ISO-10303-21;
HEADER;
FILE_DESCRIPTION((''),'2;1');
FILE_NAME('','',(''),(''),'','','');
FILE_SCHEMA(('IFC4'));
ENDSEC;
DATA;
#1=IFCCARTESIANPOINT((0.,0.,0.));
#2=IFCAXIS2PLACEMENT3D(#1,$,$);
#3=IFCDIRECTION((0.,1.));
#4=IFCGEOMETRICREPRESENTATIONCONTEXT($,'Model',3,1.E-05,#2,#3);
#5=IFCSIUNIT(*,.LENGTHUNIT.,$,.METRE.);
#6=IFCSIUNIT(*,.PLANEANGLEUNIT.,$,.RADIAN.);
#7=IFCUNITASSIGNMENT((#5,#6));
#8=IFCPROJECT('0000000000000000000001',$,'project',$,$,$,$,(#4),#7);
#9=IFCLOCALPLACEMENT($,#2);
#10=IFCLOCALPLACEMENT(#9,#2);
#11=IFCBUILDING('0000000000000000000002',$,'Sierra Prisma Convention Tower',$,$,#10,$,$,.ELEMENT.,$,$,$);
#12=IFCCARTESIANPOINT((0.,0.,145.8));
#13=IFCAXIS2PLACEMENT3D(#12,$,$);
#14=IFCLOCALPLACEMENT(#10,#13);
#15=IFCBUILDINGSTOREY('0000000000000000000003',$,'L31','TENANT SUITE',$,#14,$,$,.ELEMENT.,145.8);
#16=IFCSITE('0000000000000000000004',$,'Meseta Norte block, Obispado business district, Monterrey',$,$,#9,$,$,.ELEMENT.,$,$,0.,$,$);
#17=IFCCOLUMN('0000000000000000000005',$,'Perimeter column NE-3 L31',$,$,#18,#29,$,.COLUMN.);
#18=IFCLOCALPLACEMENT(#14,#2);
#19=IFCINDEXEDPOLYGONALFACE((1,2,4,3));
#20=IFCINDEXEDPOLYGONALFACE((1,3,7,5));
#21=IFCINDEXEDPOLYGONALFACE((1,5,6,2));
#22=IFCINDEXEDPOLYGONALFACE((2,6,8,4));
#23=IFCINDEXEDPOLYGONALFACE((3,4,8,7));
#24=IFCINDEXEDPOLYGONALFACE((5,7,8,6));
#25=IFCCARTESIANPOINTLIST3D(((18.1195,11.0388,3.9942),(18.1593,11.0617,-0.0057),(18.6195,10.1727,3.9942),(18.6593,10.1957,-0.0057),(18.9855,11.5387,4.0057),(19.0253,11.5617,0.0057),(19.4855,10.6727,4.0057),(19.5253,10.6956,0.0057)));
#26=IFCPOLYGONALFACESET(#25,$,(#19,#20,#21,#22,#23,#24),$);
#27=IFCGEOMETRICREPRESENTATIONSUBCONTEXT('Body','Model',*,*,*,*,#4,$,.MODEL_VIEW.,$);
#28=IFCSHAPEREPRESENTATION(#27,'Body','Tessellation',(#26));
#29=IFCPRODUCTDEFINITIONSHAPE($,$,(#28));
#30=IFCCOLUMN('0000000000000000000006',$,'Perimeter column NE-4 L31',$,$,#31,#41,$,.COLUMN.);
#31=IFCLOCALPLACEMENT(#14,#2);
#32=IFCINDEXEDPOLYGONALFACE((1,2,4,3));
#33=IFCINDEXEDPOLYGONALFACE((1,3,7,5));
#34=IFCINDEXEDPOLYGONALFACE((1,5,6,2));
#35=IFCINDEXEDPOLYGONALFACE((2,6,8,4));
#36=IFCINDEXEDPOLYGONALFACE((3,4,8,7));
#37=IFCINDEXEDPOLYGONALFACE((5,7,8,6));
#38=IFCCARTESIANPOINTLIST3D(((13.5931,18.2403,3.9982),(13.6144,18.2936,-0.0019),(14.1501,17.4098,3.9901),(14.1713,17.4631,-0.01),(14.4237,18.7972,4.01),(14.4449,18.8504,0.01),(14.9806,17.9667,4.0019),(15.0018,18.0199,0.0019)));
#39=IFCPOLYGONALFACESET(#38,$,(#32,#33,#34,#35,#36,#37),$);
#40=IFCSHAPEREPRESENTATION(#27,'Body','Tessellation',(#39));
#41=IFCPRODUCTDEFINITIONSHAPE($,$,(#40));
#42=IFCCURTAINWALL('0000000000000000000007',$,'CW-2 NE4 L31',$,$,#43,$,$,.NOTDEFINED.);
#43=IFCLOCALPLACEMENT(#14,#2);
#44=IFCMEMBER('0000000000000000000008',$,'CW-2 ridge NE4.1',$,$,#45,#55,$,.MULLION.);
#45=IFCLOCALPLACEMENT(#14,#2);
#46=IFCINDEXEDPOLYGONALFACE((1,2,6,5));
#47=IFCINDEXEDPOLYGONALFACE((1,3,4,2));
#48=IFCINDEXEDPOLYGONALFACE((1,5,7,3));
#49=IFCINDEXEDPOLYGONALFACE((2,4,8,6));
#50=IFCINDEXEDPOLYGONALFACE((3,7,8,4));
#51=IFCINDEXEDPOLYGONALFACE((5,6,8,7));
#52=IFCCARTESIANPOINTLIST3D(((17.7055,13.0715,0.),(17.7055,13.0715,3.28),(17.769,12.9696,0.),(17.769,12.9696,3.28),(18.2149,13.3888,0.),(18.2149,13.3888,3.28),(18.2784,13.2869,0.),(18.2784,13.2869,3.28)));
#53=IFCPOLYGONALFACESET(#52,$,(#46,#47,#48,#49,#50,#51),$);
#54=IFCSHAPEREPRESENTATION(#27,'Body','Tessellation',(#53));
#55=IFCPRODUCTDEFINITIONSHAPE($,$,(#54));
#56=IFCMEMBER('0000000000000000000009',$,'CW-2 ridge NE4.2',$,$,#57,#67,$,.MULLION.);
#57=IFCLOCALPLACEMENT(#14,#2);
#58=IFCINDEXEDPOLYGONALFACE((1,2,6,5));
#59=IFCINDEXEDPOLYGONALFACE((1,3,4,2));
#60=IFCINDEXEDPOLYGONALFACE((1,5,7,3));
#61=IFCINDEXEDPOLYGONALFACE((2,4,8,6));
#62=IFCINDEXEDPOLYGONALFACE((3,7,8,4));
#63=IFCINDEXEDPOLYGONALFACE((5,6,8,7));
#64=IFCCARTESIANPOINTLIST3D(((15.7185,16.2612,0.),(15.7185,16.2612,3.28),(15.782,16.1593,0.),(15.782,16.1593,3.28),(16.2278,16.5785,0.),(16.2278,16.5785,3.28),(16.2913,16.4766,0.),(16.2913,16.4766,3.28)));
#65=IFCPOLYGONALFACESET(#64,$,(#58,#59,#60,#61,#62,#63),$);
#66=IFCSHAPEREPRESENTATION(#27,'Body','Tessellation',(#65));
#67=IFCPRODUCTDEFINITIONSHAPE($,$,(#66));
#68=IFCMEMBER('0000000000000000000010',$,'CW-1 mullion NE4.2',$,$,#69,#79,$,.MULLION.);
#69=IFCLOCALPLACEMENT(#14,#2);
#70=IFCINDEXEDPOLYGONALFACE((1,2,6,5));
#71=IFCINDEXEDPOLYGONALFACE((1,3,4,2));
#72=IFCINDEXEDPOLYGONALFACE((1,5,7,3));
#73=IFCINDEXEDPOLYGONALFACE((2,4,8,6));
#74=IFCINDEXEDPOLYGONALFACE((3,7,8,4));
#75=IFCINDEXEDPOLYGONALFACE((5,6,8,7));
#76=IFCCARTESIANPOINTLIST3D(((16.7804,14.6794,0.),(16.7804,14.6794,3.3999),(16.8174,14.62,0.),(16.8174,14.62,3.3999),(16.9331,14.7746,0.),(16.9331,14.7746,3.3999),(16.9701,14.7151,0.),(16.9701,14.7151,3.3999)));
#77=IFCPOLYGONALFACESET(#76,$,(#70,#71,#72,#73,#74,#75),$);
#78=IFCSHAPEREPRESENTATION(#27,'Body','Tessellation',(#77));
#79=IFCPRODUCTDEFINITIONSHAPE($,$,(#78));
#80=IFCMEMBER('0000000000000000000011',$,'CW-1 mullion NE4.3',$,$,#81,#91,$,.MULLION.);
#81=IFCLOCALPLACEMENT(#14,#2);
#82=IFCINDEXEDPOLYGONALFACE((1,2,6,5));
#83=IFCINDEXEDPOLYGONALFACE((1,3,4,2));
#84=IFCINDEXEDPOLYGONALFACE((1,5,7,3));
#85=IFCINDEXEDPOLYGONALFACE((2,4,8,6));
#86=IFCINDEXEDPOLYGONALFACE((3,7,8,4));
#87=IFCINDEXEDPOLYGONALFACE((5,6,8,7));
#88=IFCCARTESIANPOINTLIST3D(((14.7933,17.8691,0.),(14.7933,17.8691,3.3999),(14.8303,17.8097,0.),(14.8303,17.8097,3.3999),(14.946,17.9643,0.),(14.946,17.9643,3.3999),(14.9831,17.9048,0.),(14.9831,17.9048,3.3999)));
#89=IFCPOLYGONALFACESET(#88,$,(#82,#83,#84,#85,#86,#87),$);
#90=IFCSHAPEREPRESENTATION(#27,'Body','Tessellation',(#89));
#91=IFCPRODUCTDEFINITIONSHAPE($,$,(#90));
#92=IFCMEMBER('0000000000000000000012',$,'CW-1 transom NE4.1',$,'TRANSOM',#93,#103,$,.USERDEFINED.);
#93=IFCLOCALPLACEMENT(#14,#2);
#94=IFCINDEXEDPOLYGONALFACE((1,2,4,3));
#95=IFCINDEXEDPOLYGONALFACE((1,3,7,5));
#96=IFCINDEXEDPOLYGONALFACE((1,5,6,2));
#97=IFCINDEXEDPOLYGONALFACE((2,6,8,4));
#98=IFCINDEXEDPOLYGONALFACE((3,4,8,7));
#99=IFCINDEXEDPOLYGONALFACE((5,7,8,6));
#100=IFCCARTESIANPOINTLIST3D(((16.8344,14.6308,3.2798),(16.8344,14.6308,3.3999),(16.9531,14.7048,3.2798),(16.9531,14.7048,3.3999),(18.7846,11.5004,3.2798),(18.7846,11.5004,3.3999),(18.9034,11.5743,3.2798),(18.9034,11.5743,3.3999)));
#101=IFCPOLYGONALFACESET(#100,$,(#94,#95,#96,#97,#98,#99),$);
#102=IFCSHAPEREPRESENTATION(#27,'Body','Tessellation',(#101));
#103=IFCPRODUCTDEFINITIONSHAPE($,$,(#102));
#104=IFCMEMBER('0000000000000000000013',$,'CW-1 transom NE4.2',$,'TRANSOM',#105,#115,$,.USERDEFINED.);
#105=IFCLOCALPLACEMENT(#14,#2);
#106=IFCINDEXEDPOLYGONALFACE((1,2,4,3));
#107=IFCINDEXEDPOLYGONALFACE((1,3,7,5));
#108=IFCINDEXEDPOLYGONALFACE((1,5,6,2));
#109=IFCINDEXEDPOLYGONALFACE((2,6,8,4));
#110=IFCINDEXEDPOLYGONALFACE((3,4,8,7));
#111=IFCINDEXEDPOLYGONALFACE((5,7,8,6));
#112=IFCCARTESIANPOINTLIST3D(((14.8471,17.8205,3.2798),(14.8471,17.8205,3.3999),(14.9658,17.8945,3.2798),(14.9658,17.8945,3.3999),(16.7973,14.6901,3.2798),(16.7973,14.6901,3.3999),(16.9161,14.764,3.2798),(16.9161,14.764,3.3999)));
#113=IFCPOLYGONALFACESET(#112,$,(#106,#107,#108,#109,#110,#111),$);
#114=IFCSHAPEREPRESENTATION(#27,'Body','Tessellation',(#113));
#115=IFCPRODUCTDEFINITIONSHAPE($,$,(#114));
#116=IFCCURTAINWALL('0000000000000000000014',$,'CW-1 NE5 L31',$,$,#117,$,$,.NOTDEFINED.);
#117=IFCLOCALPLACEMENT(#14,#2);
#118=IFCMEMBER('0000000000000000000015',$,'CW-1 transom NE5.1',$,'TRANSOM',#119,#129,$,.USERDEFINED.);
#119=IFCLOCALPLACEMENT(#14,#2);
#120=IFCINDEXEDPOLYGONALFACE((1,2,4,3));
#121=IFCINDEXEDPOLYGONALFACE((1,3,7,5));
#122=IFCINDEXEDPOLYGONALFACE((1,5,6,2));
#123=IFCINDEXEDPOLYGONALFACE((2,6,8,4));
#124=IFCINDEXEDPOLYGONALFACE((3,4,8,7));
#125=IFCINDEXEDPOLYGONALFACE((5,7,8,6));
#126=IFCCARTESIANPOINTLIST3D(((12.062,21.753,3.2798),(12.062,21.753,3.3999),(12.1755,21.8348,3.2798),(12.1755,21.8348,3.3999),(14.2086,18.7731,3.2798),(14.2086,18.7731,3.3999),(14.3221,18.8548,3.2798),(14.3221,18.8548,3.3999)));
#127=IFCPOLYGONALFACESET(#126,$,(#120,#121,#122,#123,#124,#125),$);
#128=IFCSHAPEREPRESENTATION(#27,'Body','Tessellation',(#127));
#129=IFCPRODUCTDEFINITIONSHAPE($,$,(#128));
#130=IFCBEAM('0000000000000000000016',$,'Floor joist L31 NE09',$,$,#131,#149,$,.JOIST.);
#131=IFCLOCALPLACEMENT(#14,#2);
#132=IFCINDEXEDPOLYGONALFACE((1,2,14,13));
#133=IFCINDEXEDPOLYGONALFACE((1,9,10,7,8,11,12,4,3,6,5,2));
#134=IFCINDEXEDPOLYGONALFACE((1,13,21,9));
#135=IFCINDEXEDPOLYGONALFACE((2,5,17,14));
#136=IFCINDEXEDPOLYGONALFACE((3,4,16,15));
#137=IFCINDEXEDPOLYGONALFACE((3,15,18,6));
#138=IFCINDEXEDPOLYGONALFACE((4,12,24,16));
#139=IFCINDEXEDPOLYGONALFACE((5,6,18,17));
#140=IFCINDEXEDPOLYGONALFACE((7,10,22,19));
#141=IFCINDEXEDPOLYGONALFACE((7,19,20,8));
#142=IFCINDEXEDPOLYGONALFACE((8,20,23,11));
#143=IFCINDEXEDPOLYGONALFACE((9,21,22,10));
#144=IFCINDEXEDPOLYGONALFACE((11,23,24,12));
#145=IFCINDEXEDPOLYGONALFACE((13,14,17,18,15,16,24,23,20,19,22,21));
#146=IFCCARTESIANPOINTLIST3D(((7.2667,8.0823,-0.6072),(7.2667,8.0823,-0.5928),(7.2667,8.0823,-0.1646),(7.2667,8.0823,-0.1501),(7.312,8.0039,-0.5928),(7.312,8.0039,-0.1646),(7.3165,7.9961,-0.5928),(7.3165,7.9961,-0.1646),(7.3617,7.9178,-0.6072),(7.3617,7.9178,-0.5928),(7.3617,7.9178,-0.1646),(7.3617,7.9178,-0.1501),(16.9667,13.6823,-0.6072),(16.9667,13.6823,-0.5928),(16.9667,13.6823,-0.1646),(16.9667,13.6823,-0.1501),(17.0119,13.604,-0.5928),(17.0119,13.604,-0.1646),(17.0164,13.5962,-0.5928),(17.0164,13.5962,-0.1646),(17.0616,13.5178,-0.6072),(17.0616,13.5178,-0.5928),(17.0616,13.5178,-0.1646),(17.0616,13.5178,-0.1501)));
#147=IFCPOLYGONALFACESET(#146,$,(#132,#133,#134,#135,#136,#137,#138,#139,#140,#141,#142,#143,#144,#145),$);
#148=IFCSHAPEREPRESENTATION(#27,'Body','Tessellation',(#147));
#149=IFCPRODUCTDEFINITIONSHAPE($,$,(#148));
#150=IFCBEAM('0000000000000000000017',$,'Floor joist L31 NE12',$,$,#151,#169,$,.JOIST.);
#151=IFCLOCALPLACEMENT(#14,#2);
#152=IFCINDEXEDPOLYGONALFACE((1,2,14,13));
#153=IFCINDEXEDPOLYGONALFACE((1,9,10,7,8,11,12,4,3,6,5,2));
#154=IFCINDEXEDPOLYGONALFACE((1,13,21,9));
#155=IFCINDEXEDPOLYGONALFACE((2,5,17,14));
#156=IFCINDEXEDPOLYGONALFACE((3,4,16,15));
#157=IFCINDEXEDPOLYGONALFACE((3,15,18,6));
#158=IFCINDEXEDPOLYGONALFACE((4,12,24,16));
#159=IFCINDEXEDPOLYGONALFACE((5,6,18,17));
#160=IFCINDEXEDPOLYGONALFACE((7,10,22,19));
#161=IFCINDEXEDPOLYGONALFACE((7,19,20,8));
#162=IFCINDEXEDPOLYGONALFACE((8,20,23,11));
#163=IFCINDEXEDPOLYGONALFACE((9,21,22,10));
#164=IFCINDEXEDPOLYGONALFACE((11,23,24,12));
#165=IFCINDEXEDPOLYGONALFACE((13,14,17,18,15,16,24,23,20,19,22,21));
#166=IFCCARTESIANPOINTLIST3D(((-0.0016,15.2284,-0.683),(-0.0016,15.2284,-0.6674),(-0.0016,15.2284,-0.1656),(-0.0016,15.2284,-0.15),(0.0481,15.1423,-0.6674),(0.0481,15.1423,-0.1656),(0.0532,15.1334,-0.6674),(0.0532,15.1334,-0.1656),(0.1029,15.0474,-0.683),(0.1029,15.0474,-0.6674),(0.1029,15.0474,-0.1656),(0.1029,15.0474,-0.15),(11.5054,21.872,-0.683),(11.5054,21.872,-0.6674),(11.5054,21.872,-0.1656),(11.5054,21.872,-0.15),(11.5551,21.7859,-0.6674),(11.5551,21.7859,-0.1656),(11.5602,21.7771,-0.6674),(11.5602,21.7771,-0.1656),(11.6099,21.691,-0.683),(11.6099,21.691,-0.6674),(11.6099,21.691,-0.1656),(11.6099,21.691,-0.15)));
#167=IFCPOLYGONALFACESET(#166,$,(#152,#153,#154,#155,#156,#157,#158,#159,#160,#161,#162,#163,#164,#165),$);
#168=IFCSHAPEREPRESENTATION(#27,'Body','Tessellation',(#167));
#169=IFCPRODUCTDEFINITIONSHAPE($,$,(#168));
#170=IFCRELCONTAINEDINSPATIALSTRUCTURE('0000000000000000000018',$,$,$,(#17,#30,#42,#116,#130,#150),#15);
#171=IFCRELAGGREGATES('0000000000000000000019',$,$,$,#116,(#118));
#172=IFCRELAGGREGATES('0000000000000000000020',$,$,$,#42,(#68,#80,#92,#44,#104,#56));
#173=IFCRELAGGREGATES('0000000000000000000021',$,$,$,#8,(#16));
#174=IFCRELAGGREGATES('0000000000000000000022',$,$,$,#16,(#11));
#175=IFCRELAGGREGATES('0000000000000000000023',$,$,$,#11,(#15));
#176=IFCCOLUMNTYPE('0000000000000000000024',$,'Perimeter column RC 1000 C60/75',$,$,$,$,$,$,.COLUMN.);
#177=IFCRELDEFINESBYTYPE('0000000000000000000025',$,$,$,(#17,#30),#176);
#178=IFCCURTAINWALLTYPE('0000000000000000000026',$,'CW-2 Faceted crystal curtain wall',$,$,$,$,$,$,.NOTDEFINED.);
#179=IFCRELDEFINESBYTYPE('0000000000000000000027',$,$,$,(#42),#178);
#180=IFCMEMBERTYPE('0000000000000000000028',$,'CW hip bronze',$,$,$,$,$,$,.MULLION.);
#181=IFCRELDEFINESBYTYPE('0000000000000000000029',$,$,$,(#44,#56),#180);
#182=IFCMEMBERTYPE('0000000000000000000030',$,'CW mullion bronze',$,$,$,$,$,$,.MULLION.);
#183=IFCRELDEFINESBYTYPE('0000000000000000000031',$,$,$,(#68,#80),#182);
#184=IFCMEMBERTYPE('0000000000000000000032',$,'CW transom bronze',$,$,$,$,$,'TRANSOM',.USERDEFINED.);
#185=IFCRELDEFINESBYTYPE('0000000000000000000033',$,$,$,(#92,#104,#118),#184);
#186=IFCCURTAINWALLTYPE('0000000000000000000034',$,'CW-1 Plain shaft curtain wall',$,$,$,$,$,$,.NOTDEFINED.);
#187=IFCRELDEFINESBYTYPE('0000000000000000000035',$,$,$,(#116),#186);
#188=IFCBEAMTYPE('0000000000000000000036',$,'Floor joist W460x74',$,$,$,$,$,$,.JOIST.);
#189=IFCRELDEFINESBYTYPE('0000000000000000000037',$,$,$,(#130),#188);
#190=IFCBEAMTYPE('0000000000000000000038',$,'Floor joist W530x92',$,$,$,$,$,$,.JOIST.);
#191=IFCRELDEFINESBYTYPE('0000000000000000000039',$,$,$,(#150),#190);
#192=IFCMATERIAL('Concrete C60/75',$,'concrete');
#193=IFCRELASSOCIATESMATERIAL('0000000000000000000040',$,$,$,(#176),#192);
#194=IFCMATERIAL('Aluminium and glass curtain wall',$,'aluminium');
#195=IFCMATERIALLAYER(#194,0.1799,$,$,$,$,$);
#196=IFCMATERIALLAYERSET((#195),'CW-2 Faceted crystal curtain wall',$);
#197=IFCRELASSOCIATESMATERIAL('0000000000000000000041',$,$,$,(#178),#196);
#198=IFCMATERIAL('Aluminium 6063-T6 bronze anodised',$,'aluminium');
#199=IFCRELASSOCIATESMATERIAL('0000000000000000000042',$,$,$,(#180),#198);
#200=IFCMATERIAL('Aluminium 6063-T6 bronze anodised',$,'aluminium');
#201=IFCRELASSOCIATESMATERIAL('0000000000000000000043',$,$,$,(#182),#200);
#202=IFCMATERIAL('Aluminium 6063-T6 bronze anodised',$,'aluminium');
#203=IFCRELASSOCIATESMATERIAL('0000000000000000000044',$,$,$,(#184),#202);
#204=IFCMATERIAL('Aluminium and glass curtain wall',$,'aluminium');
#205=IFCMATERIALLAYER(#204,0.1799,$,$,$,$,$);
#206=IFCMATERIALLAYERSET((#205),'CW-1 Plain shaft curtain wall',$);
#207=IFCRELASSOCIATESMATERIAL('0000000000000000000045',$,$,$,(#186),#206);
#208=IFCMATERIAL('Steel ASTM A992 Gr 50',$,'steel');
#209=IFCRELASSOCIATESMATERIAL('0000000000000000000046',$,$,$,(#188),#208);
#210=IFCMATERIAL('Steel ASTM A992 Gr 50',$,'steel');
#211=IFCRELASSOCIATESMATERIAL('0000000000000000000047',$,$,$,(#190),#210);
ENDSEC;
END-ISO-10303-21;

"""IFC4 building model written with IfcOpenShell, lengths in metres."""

from ifc_helpers import new_model, si_unit, direction, frame, origin, origin_2d, place, context, subcontext, project, spatial, rectangle, i_section, extrude, material, layer, layer_set, material_profile, profile_set, type_object, element, aggregate, save


model = new_model("IFC4")

# Units and contexts
model_context = context("Model", 3, precision=1e-05, world=origin(), true_north=direction((0.0, 1.0)))
body_context = subcontext(model_context, "Body", "Model", "MODEL_VIEW")
ifc_project = project(units=[si_unit("LENGTHUNIT", "METRE"), si_unit("PLANEANGLEUNIT", "RADIAN")], contexts=[model_context])

# Site, building, storey
site_placement = place(None, origin())
site = spatial("IfcSite", under=ifc_project, at=site_placement, Name="Meseta Norte block, Obispado business district, Monterrey", CompositionType="ELEMENT", RefElevation=0.0)
building_placement = place(site_placement, origin())
building = spatial("IfcBuilding", under=site, at=building_placement, Name="Sierra Prisma Convention Tower", CompositionType="ELEMENT")
storey_placement = place(building_placement, frame((0.0, 0.0, 145.8)))
storey = spatial("IfcBuildingStorey", under=building, at=storey_placement, Name="L31", Description="TENANT SUITE", CompositionType="ELEMENT", Elevation=145.8)

# Columns
ifc_material_1 = material(Name="Concrete C60/75", Category="concrete")
ifc_material_profile_1 = material_profile(ifc_material_1, rectangle(XDim=1.0, YDim=1.0, at=origin_2d()), Name="Perimeter column RC 1000 C60/75")
ifc_profile_set_1 = profile_set([ifc_material_profile_1], Name="Concrete C60/75")
column_type = type_object("IfcColumnType", Name="Perimeter column RC 1000 C60/75", PredefinedType="COLUMN", material=ifc_profile_set_1)
column_1_placement = place(storey_placement, frame((18.8423, 10.8787, 0.0), z_axis=(-0.009948, -0.005737, 0.999934), x_axis=(-0.499975, 0.86604, -0.000005)))
element("IfcColumn", 1, at=column_1_placement, inside=storey, type_object=column_type, Name="Perimeter column NE-3 L31", PredefinedType="COLUMN", context=body_context, shape_type="SweptSolid", body=[
    extrude(rectangle(XDim=1.0, YDim=1.0, at=origin_2d()), origin(), (0.0, 0.0, 1.0), 4.0002),
])
column_2_placement = place(storey_placement, frame((14.3081, 18.1567, 0.0), z_axis=(-0.00531, -0.013304, 0.999897), x_axis=(-0.556955, 0.830503, 0.008093)))
element("IfcColumn", 2, at=column_2_placement, inside=storey, type_object=column_type, Name="Perimeter column NE-4 L31", PredefinedType="COLUMN", context=body_context, shape_type="SweptSolid", body=[
    extrude(rectangle(XDim=1.0, YDim=1.0, at=origin_2d()), origin(), (0.0, 0.0, 1.0), 4.0005),
])

# Curtain wall, members
ifc_material_2 = material(Name="Aluminium and glass curtain wall", Category="aluminium")
ifc_layer_1 = layer(ifc_material_2, 0.1799)
ifc_layer_set_1 = layer_set([ifc_layer_1], Name="CW-2 Faceted crystal curtain wall")
curtain_wall_type_1 = type_object("IfcCurtainWallType", Name="CW-2 Faceted crystal curtain wall", PredefinedType="NOTDEFINED", material=ifc_layer_set_1)
curtain_wall_1_placement = place(storey_placement, origin())
curtain_wall_1 = element("IfcCurtainWall", 3, at=curtain_wall_1_placement, inside=storey, type_object=curtain_wall_type_1, Name="CW-2 NE4 L31", PredefinedType="NOTDEFINED")
ifc_material_3 = material(Name="Aluminium 6063-T6 bronze anodised", Category="aluminium")
ifc_material_profile_2 = material_profile(ifc_material_3, rectangle(XDim=0.1201, YDim=0.6001, at=origin_2d()), Name="ALU RIDGE BLADE 120x600")
ifc_profile_set_2 = profile_set([ifc_material_profile_2], Name="Aluminium 6063-T6 bronze anodised")
member_type_1 = type_object("IfcMemberType", Name="CW hip bronze", PredefinedType="MULLION", material=ifc_profile_set_2)
member_1_placement = place(storey_placement, frame((17.9919, 13.1792, 0.0), z_axis=(0.0, 0.0, 1.0), x_axis=(-0.528779, 0.848759, 0.0)))
member_1 = element("IfcMember", 4, at=member_1_placement, type_object=member_type_1, Name="CW-2 ridge NE4.1", PredefinedType="MULLION", context=body_context, shape_type="SweptSolid", body=[
    extrude(rectangle(XDim=0.1201, YDim=0.6001, at=origin_2d()), origin(), (0.0, 0.0, 1.0), 3.28),
])
member_2_placement = place(storey_placement, frame((16.0049, 16.3689, 0.0), z_axis=(0.0, 0.0, 1.0), x_axis=(-0.528779, 0.848759, 0.0)))
member_2 = element("IfcMember", 5, at=member_2_placement, type_object=member_type_1, Name="CW-2 ridge NE4.2", PredefinedType="MULLION", context=body_context, shape_type="SweptSolid", body=[
    extrude(rectangle(XDim=0.1201, YDim=0.6001, at=origin_2d()), origin(), (0.0, 0.0, 1.0), 3.28),
])
ifc_material_4 = material(Name="Aluminium 6063-T6 bronze anodised", Category="aluminium")
ifc_material_profile_3 = material_profile(ifc_material_4, rectangle(XDim=0.1799, YDim=0.0701, at=origin_2d()), Name="ALU MULLION 70x180")
ifc_profile_set_3 = profile_set([ifc_material_profile_3], Name="Aluminium 6063-T6 bronze anodised")
member_type_2 = type_object("IfcMemberType", Name="CW mullion bronze", PredefinedType="MULLION", material=ifc_profile_set_3)
member_3_placement = place(storey_placement, frame((16.8752, 14.6973, 0.0), z_axis=(0.0, 0.0, 1.0), x_axis=(-0.848759, -0.528779, 0.0)))
member_3 = element("IfcMember", 6, at=member_3_placement, type_object=member_type_2, Name="CW-1 mullion NE4.2", PredefinedType="MULLION", context=body_context, shape_type="SweptSolid", body=[
    extrude(rectangle(XDim=0.1799, YDim=0.0701, at=origin_2d()), origin(), (0.0, 0.0, 1.0), 3.3999),
])
member_4_placement = place(storey_placement, frame((14.8882, 17.887, 0.0), z_axis=(0.0, 0.0, 1.0), x_axis=(-0.848759, -0.528779, 0.0)))
member_4 = element("IfcMember", 7, at=member_4_placement, type_object=member_type_2, Name="CW-1 mullion NE4.3", PredefinedType="MULLION", context=body_context, shape_type="SweptSolid", body=[
    extrude(rectangle(XDim=0.1799, YDim=0.0701, at=origin_2d()), origin(), (0.0, 0.0, 1.0), 3.3999),
])
ifc_material_5 = material(Name="Aluminium 6063-T6 bronze anodised", Category="aluminium")
ifc_material_profile_4 = material_profile(ifc_material_5, rectangle(XDim=0.1399, YDim=0.1201, at=origin_2d()), Name="ALU TRANSOM 120x140")
ifc_profile_set_4 = profile_set([ifc_material_profile_4], Name="Aluminium 6063-T6 bronze anodised")
member_type_3 = type_object("IfcMemberType", Name="CW transom bronze", ElementType="TRANSOM", PredefinedType="USERDEFINED", material=ifc_profile_set_4)
member_5_placement = place(storey_placement, frame((18.844, 11.5374, 3.3398), z_axis=(-0.528773, 0.848764, 0.0), x_axis=(-0.848764, -0.528773, 0.0)))
member_5 = element("IfcMember", 8, at=member_5_placement, type_object=member_type_3, Name="CW-1 transom NE4.1", ObjectType="TRANSOM", PredefinedType="USERDEFINED", context=body_context, shape_type="SweptSolid", body=[
    extrude(rectangle(XDim=0.1399, YDim=0.1201, at=origin_2d()), origin(), (0.0, 0.0, 1.0), 3.6882),
])
member_6_placement = place(storey_placement, frame((16.8567, 14.7271, 3.3398), z_axis=(-0.528773, 0.848764, 0.0), x_axis=(-0.848764, -0.528773, 0.0)))
member_6 = element("IfcMember", 9, at=member_6_placement, type_object=member_type_3, Name="CW-1 transom NE4.2", ObjectType="TRANSOM", PredefinedType="USERDEFINED", context=body_context, shape_type="SweptSolid", body=[
    extrude(rectangle(XDim=0.1399, YDim=0.1201, at=origin_2d()), origin(), (0.0, 0.0, 1.0), 3.6882),
])

# Curtain wall, member
ifc_material_6 = material(Name="Aluminium and glass curtain wall", Category="aluminium")
ifc_layer_2 = layer(ifc_material_6, 0.1799)
ifc_layer_set_2 = layer_set([ifc_layer_2], Name="CW-1 Plain shaft curtain wall")
curtain_wall_type_2 = type_object("IfcCurtainWallType", Name="CW-1 Plain shaft curtain wall", PredefinedType="NOTDEFINED", material=ifc_layer_set_2)
curtain_wall_2_placement = place(storey_placement, origin())
curtain_wall_2 = element("IfcCurtainWall", 10, at=curtain_wall_2_placement, inside=storey, type_object=curtain_wall_type_2, Name="CW-1 NE5 L31", PredefinedType="NOTDEFINED")
member_7_placement = place(storey_placement, frame((14.2654, 18.814, 3.3398), z_axis=(-0.58451, 0.811387, 0.0), x_axis=(-0.811387, -0.58451, 0.0)))
member_7 = element("IfcMember", 11, at=member_7_placement, type_object=member_type_3, Name="CW-1 transom NE5.1", ObjectType="TRANSOM", PredefinedType="USERDEFINED", context=body_context, shape_type="SweptSolid", body=[
    extrude(rectangle(XDim=0.1399, YDim=0.1201, at=origin_2d()), origin(), (0.0, 0.0, 1.0), 3.6726),
])

# Beams
ifc_material_7 = material(Name="Steel ASTM A992 Gr 50", Category="steel")
ifc_material_profile_5 = material_profile(ifc_material_7, i_section(OverallWidth=0.1899, OverallDepth=0.457, WebThickness=0.009, FlangeThickness=0.0144, at=origin_2d()), Name="W460x74")
ifc_profile_set_5 = profile_set([ifc_material_profile_5], Name="Steel ASTM A992 Gr 50")
beam_type_1 = type_object("IfcBeamType", Name="Floor joist W460x74", PredefinedType="JOIST", material=ifc_profile_set_5)
beam_1_placement = place(storey_placement, frame((17.0142, 13.6001, -0.3787), z_axis=(-0.866032, -0.499988, 0.0), x_axis=(0.499988, -0.866032, 0.0)))
element("IfcBeam", 12, at=beam_1_placement, inside=storey, type_object=beam_type_1, Name="Floor joist L31 NE09", PredefinedType="JOIST", context=body_context, shape_type="SweptSolid", body=[
    extrude(i_section(OverallWidth=0.1899, OverallDepth=0.457, WebThickness=0.009, FlangeThickness=0.0144, at=origin_2d()), origin(), (0.0, 0.0, 1.0), 11.2004),
])
ifc_material_8 = material(Name="Steel ASTM A992 Gr 50", Category="steel")
ifc_material_profile_6 = material_profile(ifc_material_8, i_section(OverallWidth=0.209, OverallDepth=0.533, WebThickness=0.0103, FlangeThickness=0.0156, at=origin_2d()), Name="W530x92")
ifc_profile_set_6 = profile_set([ifc_material_profile_6], Name="Steel ASTM A992 Gr 50")
beam_type_2 = type_object("IfcBeamType", Name="Floor joist W530x92", PredefinedType="JOIST", material=ifc_profile_set_6)
beam_2_placement = place(storey_placement, frame((11.5576, 21.7815, -0.4165), z_axis=(-0.866023, -0.500005, 0.0), x_axis=(0.500005, -0.866023, 0.0)))
element("IfcBeam", 13, at=beam_2_placement, inside=storey, type_object=beam_type_2, Name="Floor joist L31 NE12", PredefinedType="JOIST", context=body_context, shape_type="SweptSolid", body=[
    extrude(i_section(OverallWidth=0.209, OverallDepth=0.533, WebThickness=0.0103, FlangeThickness=0.0156, at=origin_2d()), origin(), (0.0, 0.0, 1.0), 13.2871),
])

aggregate(curtain_wall_2, [member_7])
aggregate(curtain_wall_1, [member_3, member_4, member_5, member_1, member_6, member_2])

save(model, "model.ifc")
